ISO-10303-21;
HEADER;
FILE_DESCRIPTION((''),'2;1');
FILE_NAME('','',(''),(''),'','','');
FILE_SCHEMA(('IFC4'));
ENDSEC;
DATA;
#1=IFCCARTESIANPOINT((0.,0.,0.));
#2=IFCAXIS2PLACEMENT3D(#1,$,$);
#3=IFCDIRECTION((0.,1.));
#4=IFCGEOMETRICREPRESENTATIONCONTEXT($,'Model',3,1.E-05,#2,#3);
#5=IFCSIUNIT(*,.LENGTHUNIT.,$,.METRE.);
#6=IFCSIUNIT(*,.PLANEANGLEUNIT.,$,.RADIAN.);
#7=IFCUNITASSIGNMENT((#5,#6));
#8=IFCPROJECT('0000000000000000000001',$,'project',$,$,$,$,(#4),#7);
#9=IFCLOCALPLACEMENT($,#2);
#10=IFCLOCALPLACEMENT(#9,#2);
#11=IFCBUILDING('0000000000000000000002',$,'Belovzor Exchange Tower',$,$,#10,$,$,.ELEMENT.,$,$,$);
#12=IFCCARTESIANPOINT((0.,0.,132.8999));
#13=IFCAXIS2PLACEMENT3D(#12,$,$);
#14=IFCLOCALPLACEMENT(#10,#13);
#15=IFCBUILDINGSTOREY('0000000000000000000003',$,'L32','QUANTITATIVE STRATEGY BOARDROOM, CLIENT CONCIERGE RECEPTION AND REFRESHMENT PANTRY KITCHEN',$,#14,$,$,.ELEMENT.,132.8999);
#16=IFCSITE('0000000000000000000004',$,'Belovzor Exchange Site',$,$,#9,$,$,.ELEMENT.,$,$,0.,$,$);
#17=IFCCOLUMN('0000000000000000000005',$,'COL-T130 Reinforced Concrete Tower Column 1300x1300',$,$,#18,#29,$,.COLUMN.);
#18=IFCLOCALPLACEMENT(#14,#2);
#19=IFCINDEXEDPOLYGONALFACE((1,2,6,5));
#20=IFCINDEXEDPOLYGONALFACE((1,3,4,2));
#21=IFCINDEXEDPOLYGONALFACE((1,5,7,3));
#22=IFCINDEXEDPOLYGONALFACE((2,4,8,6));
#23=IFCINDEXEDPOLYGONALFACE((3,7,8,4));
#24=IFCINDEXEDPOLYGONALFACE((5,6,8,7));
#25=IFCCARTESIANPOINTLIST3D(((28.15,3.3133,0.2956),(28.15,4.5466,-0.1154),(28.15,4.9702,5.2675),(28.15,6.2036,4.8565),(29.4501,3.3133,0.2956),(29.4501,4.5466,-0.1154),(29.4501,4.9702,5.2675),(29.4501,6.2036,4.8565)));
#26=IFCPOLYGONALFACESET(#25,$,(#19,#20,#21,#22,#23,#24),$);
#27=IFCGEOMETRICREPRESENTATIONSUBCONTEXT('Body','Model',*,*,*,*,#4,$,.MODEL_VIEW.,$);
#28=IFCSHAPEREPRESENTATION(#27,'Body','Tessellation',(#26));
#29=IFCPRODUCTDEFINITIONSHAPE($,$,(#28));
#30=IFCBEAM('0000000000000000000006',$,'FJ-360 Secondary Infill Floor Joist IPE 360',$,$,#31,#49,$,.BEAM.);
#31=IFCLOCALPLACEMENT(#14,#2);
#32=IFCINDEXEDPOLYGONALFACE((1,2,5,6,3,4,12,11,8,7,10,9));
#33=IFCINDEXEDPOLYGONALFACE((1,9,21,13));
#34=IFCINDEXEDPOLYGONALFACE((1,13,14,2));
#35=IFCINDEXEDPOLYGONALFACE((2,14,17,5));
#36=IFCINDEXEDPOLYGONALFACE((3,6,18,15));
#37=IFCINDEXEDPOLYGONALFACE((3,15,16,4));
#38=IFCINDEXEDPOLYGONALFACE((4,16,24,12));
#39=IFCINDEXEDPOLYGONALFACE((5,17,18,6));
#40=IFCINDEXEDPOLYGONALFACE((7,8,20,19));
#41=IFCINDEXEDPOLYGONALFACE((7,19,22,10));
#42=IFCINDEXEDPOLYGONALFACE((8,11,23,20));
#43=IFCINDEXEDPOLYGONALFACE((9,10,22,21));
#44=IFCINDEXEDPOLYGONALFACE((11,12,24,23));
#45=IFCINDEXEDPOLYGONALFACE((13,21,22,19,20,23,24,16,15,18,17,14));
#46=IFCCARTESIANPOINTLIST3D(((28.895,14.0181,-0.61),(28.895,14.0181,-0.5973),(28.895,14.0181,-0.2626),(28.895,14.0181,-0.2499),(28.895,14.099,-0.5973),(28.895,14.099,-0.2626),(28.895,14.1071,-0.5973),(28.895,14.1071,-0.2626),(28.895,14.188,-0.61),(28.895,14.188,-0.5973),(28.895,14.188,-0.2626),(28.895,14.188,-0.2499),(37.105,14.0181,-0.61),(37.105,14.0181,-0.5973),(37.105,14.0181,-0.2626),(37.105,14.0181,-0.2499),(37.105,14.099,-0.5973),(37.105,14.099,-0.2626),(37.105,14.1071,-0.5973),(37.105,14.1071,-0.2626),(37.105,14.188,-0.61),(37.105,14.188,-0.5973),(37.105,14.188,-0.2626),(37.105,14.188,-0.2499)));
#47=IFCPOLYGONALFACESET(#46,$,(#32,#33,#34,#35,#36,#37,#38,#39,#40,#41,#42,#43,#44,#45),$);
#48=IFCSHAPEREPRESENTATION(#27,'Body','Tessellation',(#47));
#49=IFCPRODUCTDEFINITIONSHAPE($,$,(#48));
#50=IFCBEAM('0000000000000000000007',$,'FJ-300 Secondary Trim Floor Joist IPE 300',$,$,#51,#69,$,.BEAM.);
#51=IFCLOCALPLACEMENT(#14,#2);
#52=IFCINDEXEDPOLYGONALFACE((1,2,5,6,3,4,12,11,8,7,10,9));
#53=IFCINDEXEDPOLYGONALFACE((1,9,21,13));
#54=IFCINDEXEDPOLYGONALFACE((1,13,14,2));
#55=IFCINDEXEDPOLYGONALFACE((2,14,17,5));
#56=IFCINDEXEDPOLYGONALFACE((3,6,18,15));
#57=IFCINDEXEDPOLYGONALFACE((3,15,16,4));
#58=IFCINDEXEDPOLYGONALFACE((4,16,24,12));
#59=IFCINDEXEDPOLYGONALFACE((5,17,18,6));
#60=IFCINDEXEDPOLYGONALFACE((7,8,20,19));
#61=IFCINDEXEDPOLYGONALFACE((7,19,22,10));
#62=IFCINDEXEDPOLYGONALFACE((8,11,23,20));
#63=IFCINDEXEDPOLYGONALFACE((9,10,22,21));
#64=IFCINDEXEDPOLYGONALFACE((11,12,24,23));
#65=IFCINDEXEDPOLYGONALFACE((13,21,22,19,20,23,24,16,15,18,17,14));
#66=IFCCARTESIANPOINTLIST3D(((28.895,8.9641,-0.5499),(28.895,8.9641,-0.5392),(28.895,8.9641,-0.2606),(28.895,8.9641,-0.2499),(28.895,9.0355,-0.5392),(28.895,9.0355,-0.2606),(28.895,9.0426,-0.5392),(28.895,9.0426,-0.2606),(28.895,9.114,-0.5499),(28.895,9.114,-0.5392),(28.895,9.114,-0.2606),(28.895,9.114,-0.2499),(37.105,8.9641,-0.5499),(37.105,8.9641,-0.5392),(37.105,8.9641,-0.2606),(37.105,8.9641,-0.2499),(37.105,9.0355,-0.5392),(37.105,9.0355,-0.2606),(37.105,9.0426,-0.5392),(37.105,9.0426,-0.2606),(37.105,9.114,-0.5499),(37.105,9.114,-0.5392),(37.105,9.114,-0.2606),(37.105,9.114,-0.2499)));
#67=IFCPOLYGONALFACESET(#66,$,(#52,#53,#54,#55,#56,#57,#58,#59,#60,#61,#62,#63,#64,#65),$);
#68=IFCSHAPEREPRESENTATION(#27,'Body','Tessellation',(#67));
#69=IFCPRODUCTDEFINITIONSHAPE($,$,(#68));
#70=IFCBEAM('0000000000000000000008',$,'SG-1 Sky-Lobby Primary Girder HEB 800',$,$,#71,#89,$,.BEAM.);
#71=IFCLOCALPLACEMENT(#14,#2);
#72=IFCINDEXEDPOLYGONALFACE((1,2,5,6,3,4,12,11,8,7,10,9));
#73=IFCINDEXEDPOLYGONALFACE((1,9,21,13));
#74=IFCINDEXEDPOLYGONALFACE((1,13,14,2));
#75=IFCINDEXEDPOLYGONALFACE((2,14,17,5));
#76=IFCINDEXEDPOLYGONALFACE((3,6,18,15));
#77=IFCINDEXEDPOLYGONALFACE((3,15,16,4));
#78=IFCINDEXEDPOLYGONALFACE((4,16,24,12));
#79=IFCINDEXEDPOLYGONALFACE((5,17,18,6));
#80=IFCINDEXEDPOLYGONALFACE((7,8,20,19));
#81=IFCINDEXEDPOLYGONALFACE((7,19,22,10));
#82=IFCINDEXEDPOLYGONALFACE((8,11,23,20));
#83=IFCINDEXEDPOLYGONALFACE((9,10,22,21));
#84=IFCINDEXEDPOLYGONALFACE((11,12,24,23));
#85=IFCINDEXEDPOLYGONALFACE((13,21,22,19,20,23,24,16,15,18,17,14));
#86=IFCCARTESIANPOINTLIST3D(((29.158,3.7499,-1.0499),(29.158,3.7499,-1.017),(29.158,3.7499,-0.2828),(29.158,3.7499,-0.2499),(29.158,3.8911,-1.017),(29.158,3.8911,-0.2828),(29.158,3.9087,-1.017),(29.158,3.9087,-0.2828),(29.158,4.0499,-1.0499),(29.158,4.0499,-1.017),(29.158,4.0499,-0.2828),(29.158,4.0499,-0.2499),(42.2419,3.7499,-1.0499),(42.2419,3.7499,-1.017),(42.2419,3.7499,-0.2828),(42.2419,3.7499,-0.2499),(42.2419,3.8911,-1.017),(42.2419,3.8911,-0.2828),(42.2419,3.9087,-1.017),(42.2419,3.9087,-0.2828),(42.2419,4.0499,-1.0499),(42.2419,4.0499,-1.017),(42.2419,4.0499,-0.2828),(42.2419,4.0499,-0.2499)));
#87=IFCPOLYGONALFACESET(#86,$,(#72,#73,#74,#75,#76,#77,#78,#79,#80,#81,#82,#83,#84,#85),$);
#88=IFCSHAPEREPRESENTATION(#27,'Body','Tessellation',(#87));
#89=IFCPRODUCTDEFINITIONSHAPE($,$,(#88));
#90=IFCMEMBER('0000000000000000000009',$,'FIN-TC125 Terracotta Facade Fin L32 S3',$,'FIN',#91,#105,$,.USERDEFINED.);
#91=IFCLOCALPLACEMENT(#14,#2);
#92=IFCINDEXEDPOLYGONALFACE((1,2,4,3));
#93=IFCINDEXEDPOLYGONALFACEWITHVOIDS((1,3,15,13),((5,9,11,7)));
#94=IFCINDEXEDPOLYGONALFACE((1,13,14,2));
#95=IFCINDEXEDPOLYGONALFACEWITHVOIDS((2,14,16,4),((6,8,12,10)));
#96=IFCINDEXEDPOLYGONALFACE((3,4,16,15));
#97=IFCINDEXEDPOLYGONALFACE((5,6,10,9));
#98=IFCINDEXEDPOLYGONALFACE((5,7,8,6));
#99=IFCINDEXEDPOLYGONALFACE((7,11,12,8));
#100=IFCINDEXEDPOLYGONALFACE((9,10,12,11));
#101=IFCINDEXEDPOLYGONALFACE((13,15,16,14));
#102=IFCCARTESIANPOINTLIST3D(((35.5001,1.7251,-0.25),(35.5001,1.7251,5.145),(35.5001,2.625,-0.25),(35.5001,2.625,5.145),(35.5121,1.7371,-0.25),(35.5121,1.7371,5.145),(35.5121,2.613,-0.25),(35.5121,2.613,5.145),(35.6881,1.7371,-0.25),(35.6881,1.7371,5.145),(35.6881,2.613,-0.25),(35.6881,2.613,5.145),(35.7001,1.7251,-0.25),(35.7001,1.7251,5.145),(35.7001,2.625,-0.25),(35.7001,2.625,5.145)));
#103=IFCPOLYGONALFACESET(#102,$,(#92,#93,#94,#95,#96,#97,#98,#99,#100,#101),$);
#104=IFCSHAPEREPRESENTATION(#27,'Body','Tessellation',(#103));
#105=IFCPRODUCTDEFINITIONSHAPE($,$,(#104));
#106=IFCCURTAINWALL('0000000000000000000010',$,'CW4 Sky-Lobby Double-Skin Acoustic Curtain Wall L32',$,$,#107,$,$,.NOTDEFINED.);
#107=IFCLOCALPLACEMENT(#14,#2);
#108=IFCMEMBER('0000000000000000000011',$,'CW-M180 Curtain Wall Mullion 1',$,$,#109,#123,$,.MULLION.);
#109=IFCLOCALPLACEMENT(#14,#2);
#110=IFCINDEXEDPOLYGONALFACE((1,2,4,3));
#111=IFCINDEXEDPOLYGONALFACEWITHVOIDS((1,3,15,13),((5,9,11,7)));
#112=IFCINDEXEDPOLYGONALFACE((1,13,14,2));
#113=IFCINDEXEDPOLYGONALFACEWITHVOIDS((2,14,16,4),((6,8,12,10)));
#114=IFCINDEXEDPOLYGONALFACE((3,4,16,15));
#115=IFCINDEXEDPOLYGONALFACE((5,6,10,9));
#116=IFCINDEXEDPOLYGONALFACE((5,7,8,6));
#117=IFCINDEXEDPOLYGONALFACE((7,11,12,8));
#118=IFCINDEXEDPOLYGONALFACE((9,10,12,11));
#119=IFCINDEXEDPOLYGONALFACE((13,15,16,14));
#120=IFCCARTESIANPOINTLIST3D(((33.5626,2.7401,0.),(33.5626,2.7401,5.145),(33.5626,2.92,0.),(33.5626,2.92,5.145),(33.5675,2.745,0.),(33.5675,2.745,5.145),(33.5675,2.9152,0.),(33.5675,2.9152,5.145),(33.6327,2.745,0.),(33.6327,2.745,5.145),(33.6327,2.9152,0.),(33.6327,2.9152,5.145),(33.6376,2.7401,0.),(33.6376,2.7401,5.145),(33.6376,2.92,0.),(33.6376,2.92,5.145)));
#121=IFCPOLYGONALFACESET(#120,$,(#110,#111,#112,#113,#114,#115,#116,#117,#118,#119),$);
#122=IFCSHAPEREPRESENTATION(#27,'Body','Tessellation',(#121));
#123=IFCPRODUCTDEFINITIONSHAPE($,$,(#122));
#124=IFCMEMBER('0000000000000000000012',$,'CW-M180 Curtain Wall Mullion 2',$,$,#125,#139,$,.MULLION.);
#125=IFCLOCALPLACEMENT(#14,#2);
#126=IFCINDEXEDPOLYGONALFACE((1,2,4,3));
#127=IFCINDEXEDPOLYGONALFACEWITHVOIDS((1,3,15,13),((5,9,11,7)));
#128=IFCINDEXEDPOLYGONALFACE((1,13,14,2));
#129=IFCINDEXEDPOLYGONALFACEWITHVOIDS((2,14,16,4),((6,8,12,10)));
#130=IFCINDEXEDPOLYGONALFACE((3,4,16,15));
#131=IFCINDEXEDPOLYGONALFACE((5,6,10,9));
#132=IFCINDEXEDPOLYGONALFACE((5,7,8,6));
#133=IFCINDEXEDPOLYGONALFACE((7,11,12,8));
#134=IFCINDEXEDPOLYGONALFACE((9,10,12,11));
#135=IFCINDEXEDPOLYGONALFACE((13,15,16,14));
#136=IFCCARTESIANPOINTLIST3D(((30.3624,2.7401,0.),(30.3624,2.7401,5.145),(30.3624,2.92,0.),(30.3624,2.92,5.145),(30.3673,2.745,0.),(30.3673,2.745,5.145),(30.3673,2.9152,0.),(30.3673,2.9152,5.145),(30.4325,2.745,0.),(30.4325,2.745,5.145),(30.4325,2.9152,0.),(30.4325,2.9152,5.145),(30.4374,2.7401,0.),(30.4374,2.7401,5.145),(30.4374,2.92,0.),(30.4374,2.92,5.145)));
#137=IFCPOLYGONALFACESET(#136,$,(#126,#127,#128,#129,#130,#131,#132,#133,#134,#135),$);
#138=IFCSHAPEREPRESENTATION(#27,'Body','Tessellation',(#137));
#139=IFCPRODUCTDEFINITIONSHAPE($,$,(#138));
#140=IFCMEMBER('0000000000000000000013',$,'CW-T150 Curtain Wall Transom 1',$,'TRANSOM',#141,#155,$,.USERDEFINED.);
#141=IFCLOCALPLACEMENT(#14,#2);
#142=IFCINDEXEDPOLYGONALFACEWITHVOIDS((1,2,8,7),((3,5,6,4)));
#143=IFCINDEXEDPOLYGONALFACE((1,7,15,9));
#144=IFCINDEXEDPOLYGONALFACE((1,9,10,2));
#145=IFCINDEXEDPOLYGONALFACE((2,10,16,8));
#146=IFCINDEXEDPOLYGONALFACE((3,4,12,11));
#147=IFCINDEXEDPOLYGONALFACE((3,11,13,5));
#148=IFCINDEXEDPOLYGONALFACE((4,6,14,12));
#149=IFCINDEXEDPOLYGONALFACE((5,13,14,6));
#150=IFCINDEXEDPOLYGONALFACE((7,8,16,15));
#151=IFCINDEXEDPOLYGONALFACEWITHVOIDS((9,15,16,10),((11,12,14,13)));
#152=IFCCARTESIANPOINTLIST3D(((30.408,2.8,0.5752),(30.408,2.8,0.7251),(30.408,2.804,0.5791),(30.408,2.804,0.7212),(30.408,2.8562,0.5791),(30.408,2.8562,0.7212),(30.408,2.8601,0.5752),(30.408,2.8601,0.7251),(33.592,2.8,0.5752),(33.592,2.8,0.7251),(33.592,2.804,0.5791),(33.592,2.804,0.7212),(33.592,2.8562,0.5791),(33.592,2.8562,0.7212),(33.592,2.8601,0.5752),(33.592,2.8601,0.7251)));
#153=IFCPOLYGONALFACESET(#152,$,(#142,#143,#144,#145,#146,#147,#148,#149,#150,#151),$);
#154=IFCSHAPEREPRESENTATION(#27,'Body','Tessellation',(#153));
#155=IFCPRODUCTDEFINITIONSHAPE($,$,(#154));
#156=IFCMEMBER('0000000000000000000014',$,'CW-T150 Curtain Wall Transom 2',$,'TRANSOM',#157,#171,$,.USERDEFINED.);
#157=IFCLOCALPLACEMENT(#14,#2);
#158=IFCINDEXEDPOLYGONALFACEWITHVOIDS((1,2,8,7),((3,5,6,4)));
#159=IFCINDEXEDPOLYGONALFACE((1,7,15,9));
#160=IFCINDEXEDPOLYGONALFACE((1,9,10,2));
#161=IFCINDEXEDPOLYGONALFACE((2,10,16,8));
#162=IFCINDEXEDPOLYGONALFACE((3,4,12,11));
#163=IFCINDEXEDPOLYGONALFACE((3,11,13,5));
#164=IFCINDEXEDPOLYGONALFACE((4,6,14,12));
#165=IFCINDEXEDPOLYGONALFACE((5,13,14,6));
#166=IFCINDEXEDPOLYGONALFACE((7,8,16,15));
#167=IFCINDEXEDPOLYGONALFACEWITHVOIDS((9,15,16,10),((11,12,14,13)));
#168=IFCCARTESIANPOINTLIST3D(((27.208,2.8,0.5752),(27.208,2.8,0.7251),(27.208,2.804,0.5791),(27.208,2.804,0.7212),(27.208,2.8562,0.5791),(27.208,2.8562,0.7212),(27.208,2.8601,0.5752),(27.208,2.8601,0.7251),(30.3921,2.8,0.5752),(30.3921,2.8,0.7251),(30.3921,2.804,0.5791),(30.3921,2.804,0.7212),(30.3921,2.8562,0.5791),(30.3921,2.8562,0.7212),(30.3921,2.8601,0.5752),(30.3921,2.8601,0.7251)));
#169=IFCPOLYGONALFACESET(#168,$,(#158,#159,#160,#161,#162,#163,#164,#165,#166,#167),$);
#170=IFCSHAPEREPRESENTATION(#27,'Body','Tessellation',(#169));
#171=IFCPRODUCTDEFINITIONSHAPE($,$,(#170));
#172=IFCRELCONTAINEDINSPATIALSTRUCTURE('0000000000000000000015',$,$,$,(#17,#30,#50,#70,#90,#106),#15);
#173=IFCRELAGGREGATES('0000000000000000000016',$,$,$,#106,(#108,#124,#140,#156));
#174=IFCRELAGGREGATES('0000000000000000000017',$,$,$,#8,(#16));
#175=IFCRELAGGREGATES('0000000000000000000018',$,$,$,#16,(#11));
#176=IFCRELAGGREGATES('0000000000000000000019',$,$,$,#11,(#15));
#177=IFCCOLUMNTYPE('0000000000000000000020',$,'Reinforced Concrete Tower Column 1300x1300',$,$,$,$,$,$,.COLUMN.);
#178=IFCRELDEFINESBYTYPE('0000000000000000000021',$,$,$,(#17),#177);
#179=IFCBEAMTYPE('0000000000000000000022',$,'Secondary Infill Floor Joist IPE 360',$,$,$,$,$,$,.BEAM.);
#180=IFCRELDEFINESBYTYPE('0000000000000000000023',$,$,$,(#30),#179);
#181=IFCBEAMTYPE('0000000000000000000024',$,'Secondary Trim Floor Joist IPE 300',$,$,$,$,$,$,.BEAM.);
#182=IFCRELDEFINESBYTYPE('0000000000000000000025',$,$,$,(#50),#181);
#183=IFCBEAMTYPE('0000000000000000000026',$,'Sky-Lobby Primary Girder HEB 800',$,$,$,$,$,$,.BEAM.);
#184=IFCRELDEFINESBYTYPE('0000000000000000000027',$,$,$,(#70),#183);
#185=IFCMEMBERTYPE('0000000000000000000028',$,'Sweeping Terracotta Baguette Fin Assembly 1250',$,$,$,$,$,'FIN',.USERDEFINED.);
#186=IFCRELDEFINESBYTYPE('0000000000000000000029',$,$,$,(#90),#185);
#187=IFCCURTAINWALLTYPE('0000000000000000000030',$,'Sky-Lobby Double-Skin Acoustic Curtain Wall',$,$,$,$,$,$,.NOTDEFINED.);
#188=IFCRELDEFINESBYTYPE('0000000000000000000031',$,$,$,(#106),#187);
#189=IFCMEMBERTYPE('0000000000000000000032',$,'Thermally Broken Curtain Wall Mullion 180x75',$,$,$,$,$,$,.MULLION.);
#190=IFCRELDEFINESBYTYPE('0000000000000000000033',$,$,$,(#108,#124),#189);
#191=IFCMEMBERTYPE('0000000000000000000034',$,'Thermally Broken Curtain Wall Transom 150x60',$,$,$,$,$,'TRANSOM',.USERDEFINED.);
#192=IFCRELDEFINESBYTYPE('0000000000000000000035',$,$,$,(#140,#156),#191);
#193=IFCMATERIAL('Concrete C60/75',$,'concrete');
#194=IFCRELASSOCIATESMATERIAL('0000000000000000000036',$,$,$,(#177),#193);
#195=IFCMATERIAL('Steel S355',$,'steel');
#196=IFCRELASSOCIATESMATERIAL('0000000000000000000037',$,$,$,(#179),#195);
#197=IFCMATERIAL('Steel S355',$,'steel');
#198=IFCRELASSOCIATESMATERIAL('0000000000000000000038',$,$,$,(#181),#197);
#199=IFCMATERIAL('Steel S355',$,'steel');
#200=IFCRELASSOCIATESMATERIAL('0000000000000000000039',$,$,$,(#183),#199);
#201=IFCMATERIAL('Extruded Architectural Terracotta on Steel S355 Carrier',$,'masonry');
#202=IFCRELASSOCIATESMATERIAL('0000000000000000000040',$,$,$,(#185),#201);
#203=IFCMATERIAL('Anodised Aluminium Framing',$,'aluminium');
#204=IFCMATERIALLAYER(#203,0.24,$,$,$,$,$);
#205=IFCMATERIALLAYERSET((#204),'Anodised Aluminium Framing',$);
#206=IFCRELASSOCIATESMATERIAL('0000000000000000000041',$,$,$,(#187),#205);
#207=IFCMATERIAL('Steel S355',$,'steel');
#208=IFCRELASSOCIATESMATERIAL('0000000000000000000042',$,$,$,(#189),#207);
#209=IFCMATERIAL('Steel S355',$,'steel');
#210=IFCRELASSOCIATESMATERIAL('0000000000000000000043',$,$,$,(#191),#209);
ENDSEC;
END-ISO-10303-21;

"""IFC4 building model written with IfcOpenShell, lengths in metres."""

from ifc_helpers import new_model, si_unit, direction, frame, origin, origin_2d, place, context, subcontext, project, spatial, rectangle, hollow_rectangle, i_section, extrude, material, layer, layer_set, material_profile, profile_set, type_object, element, aggregate, save


model = new_model("IFC4")

# Units and contexts
model_context = context("Model", 3, precision=1e-05, world=origin(), true_north=direction((0.0, 1.0)))
body_context = subcontext(model_context, "Body", "Model", "MODEL_VIEW")
ifc_project = project(units=[si_unit("LENGTHUNIT", "METRE"), si_unit("PLANEANGLEUNIT", "RADIAN")], contexts=[model_context])

# Site, building, storey
site_placement = place(None, origin())
site = spatial("IfcSite", under=ifc_project, at=site_placement, Name="Belovzor Exchange Site", CompositionType="ELEMENT", RefElevation=0.0)
building_placement = place(site_placement, origin())
building = spatial("IfcBuilding", under=site, at=building_placement, Name="Belovzor Exchange Tower", CompositionType="ELEMENT")
storey_placement = place(building_placement, frame((0.0, 0.0, 132.8999)))
storey = spatial("IfcBuildingStorey", under=building, at=storey_placement, Name="L32", Description="QUANTITATIVE STRATEGY BOARDROOM, CLIENT CONCIERGE RECEPTION AND REFRESHMENT PANTRY KITCHEN", CompositionType="ELEMENT", Elevation=132.8999)

# Column
ifc_material_1 = material(Name="Concrete C60/75", Category="concrete")
ifc_material_profile_1 = material_profile(ifc_material_1, rectangle(XDim=1.3, YDim=1.3, at=origin_2d()))
ifc_profile_set_1 = profile_set([ifc_material_profile_1], Name="Concrete C60/75")
column_type = type_object("IfcColumnType", Name="Reinforced Concrete Tower Column 1300x1300", PredefinedType="COLUMN", material=ifc_profile_set_1)
column_placement = place(storey_placement, frame((28.8, 3.9299, 0.0901), z_axis=(0.0, 0.316172, 0.948702), x_axis=(-1.0, 0.0, 0.0)))
element("IfcColumn", 1, at=column_placement, inside=storey, type_object=column_type, Name="COL-T130 Reinforced Concrete Tower Column 1300x1300", PredefinedType="COLUMN", context=body_context, shape_type="SweptSolid", body=[
    extrude(rectangle(XDim=1.3, YDim=1.3, at=origin_2d()), origin(), (0.0, 0.0, 1.0), 5.2407),
])

# Beams
ifc_material_2 = material(Name="Steel S355", Category="steel")
ifc_material_profile_2 = material_profile(ifc_material_2, i_section(OverallWidth=0.1699, OverallDepth=0.3601, WebThickness=0.0081, FlangeThickness=0.0127, at=origin_2d()))
ifc_profile_set_2 = profile_set([ifc_material_profile_2], Name="Steel S355")
beam_type_1 = type_object("IfcBeamType", Name="Secondary Infill Floor Joist IPE 360", PredefinedType="BEAM", material=ifc_profile_set_2)
beam_1_placement = place(storey_placement, frame((28.895, 14.103, -0.4299), z_axis=(1.0, 0.0, 0.0), x_axis=(0.0, 1.0, 0.0)))
element("IfcBeam", 2, at=beam_1_placement, inside=storey, type_object=beam_type_1, Name="FJ-360 Secondary Infill Floor Joist IPE 360", PredefinedType="BEAM", context=body_context, shape_type="SweptSolid", body=[
    extrude(i_section(OverallWidth=0.1699, OverallDepth=0.3601, WebThickness=0.0081, FlangeThickness=0.0127, at=origin_2d()), origin(), (0.0, 0.0, 1.0), 8.21),
])
ifc_material_3 = material(Name="Steel S355", Category="steel")
ifc_material_profile_3 = material_profile(ifc_material_3, i_section(OverallWidth=0.1499, OverallDepth=0.3, WebThickness=0.0071, FlangeThickness=0.0107, at=origin_2d()))
ifc_profile_set_3 = profile_set([ifc_material_profile_3], Name="Steel S355")
beam_type_2 = type_object("IfcBeamType", Name="Secondary Trim Floor Joist IPE 300", PredefinedType="BEAM", material=ifc_profile_set_3)
beam_2_placement = place(storey_placement, frame((28.895, 9.0391, -0.3999), z_axis=(1.0, 0.0, 0.0), x_axis=(0.0, 1.0, 0.0)))
element("IfcBeam", 3, at=beam_2_placement, inside=storey, type_object=beam_type_2, Name="FJ-300 Secondary Trim Floor Joist IPE 300", PredefinedType="BEAM", context=body_context, shape_type="SweptSolid", body=[
    extrude(i_section(OverallWidth=0.1499, OverallDepth=0.3, WebThickness=0.0071, FlangeThickness=0.0107, at=origin_2d()), origin(), (0.0, 0.0, 1.0), 8.21),
])
ifc_material_4 = material(Name="Steel S355", Category="steel")
ifc_material_profile_4 = material_profile(ifc_material_4, i_section(OverallWidth=0.3, OverallDepth=0.8, WebThickness=0.0176, FlangeThickness=0.033, at=origin_2d()))
ifc_profile_set_4 = profile_set([ifc_material_profile_4], Name="Steel S355")
beam_type_3 = type_object("IfcBeamType", Name="Sky-Lobby Primary Girder HEB 800", PredefinedType="BEAM", material=ifc_profile_set_4)
beam_3_placement = place(storey_placement, frame((29.158, 3.8999, -0.6499), z_axis=(1.0, 0.0, 0.0), x_axis=(0.0, 1.0, 0.0)))
element("IfcBeam", 4, at=beam_3_placement, inside=storey, type_object=beam_type_3, Name="SG-1 Sky-Lobby Primary Girder HEB 800", PredefinedType="BEAM", context=body_context, shape_type="SweptSolid", body=[
    extrude(i_section(OverallWidth=0.3, OverallDepth=0.8, WebThickness=0.0176, FlangeThickness=0.033, at=origin_2d()), origin(), (0.0, 0.0, 1.0), 13.084),
])

# Member
ifc_material_5 = material(Name="Extruded Architectural Terracotta on Steel S355 Carrier", Category="masonry")
ifc_material_profile_5 = material_profile(ifc_material_5, hollow_rectangle(XDim=0.2, YDim=0.8999, WallThickness=0.012, at=origin_2d()))
ifc_profile_set_5 = profile_set([ifc_material_profile_5], Name="Extruded Architectural Terracotta on Steel S355 Carrier")
member_type_1 = type_object("IfcMemberType", Name="Sweeping Terracotta Baguette Fin Assembly 1250", ElementType="FIN", PredefinedType="USERDEFINED", material=ifc_profile_set_5)
member_1_placement = place(storey_placement, frame((35.6001, 2.175, -0.25), z_axis=(0.0, 0.0, 1.0), x_axis=(1.0, 0.0, 0.0)))
element("IfcMember", 5, at=member_1_placement, inside=storey, type_object=member_type_1, Name="FIN-TC125 Terracotta Facade Fin L32 S3", ObjectType="FIN", PredefinedType="USERDEFINED", context=body_context, shape_type="SweptSolid", body=[
    extrude(hollow_rectangle(XDim=0.2, YDim=0.8999, WallThickness=0.012, at=origin_2d()), origin(), (0.0, 0.0, 1.0), 5.395),
])

# Curtain wall, members
ifc_material_6 = material(Name="Anodised Aluminium Framing", Category="aluminium")
ifc_layer_1 = layer(ifc_material_6, 0.24)
ifc_layer_set_1 = layer_set([ifc_layer_1], Name="Anodised Aluminium Framing")
curtain_wall_type = type_object("IfcCurtainWallType", Name="Sky-Lobby Double-Skin Acoustic Curtain Wall", PredefinedType="NOTDEFINED", material=ifc_layer_set_1)
curtain_wall_placement = place(storey_placement, origin())
curtain_wall = element("IfcCurtainWall", 6, at=curtain_wall_placement, inside=storey, type_object=curtain_wall_type, Name="CW4 Sky-Lobby Double-Skin Acoustic Curtain Wall L32", PredefinedType="NOTDEFINED")
ifc_material_7 = material(Name="Steel S355", Category="steel")
ifc_material_profile_6 = material_profile(ifc_material_7, hollow_rectangle(XDim=0.075, YDim=0.1799, WallThickness=0.0049, at=origin_2d()))
ifc_profile_set_6 = profile_set([ifc_material_profile_6], Name="Steel S355")
member_type_2 = type_object("IfcMemberType", Name="Thermally Broken Curtain Wall Mullion 180x75", PredefinedType="MULLION", material=ifc_profile_set_6)
member_2_placement = place(storey_placement, frame((33.6001, 2.8301, 0.0), z_axis=(0.0, 0.0, 1.0), x_axis=(-1.0, 0.0, 0.0)))
member_2 = element("IfcMember", 7, at=member_2_placement, type_object=member_type_2, Name="CW-M180 Curtain Wall Mullion 1", PredefinedType="MULLION", context=body_context, shape_type="SweptSolid", body=[
    extrude(hollow_rectangle(XDim=0.075, YDim=0.1799, WallThickness=0.0049, at=origin_2d()), origin(), (0.0, 0.0, 1.0), 5.145),
])
member_3_placement = place(storey_placement, frame((30.3999, 2.8301, 0.0), z_axis=(0.0, 0.0, 1.0), x_axis=(-1.0, 0.0, 0.0)))
member_3 = element("IfcMember", 8, at=member_3_placement, type_object=member_type_2, Name="CW-M180 Curtain Wall Mullion 2", PredefinedType="MULLION", context=body_context, shape_type="SweptSolid", body=[
    extrude(hollow_rectangle(XDim=0.075, YDim=0.1799, WallThickness=0.0049, at=origin_2d()), origin(), (0.0, 0.0, 1.0), 5.145),
])
ifc_material_8 = material(Name="Steel S355", Category="steel")
ifc_material_profile_7 = material_profile(ifc_material_8, hollow_rectangle(XDim=0.0601, YDim=0.1499, WallThickness=0.0039, at=origin_2d()))
ifc_profile_set_7 = profile_set([ifc_material_profile_7], Name="Steel S355")
member_type_3 = type_object("IfcMemberType", Name="Thermally Broken Curtain Wall Transom 150x60", ElementType="TRANSOM", PredefinedType="USERDEFINED", material=ifc_profile_set_7)
member_4_placement = place(storey_placement, frame((33.592, 2.8301, 0.6501), z_axis=(-1.0, 0.0, 0.0), x_axis=(0.0, -1.0, 0.0)))
member_4 = element("IfcMember", 9, at=member_4_placement, type_object=member_type_3, Name="CW-T150 Curtain Wall Transom 1", ObjectType="TRANSOM", PredefinedType="USERDEFINED", context=body_context, shape_type="SweptSolid", body=[
    extrude(hollow_rectangle(XDim=0.0601, YDim=0.1499, WallThickness=0.0039, at=origin_2d()), origin(), (0.0, 0.0, 1.0), 3.1841),
])
member_5_placement = place(storey_placement, frame((30.3921, 2.8301, 0.6501), z_axis=(-1.0, 0.0, 0.0), x_axis=(0.0, -1.0, 0.0)))
member_5 = element("IfcMember", 10, at=member_5_placement, type_object=member_type_3, Name="CW-T150 Curtain Wall Transom 2", ObjectType="TRANSOM", PredefinedType="USERDEFINED", context=body_context, shape_type="SweptSolid", body=[
    extrude(hollow_rectangle(XDim=0.0601, YDim=0.1499, WallThickness=0.0039, at=origin_2d()), origin(), (0.0, 0.0, 1.0), 3.1841),
])

aggregate(curtain_wall, [member_2, member_3, member_4, member_5])

save(model, "model.ifc")
